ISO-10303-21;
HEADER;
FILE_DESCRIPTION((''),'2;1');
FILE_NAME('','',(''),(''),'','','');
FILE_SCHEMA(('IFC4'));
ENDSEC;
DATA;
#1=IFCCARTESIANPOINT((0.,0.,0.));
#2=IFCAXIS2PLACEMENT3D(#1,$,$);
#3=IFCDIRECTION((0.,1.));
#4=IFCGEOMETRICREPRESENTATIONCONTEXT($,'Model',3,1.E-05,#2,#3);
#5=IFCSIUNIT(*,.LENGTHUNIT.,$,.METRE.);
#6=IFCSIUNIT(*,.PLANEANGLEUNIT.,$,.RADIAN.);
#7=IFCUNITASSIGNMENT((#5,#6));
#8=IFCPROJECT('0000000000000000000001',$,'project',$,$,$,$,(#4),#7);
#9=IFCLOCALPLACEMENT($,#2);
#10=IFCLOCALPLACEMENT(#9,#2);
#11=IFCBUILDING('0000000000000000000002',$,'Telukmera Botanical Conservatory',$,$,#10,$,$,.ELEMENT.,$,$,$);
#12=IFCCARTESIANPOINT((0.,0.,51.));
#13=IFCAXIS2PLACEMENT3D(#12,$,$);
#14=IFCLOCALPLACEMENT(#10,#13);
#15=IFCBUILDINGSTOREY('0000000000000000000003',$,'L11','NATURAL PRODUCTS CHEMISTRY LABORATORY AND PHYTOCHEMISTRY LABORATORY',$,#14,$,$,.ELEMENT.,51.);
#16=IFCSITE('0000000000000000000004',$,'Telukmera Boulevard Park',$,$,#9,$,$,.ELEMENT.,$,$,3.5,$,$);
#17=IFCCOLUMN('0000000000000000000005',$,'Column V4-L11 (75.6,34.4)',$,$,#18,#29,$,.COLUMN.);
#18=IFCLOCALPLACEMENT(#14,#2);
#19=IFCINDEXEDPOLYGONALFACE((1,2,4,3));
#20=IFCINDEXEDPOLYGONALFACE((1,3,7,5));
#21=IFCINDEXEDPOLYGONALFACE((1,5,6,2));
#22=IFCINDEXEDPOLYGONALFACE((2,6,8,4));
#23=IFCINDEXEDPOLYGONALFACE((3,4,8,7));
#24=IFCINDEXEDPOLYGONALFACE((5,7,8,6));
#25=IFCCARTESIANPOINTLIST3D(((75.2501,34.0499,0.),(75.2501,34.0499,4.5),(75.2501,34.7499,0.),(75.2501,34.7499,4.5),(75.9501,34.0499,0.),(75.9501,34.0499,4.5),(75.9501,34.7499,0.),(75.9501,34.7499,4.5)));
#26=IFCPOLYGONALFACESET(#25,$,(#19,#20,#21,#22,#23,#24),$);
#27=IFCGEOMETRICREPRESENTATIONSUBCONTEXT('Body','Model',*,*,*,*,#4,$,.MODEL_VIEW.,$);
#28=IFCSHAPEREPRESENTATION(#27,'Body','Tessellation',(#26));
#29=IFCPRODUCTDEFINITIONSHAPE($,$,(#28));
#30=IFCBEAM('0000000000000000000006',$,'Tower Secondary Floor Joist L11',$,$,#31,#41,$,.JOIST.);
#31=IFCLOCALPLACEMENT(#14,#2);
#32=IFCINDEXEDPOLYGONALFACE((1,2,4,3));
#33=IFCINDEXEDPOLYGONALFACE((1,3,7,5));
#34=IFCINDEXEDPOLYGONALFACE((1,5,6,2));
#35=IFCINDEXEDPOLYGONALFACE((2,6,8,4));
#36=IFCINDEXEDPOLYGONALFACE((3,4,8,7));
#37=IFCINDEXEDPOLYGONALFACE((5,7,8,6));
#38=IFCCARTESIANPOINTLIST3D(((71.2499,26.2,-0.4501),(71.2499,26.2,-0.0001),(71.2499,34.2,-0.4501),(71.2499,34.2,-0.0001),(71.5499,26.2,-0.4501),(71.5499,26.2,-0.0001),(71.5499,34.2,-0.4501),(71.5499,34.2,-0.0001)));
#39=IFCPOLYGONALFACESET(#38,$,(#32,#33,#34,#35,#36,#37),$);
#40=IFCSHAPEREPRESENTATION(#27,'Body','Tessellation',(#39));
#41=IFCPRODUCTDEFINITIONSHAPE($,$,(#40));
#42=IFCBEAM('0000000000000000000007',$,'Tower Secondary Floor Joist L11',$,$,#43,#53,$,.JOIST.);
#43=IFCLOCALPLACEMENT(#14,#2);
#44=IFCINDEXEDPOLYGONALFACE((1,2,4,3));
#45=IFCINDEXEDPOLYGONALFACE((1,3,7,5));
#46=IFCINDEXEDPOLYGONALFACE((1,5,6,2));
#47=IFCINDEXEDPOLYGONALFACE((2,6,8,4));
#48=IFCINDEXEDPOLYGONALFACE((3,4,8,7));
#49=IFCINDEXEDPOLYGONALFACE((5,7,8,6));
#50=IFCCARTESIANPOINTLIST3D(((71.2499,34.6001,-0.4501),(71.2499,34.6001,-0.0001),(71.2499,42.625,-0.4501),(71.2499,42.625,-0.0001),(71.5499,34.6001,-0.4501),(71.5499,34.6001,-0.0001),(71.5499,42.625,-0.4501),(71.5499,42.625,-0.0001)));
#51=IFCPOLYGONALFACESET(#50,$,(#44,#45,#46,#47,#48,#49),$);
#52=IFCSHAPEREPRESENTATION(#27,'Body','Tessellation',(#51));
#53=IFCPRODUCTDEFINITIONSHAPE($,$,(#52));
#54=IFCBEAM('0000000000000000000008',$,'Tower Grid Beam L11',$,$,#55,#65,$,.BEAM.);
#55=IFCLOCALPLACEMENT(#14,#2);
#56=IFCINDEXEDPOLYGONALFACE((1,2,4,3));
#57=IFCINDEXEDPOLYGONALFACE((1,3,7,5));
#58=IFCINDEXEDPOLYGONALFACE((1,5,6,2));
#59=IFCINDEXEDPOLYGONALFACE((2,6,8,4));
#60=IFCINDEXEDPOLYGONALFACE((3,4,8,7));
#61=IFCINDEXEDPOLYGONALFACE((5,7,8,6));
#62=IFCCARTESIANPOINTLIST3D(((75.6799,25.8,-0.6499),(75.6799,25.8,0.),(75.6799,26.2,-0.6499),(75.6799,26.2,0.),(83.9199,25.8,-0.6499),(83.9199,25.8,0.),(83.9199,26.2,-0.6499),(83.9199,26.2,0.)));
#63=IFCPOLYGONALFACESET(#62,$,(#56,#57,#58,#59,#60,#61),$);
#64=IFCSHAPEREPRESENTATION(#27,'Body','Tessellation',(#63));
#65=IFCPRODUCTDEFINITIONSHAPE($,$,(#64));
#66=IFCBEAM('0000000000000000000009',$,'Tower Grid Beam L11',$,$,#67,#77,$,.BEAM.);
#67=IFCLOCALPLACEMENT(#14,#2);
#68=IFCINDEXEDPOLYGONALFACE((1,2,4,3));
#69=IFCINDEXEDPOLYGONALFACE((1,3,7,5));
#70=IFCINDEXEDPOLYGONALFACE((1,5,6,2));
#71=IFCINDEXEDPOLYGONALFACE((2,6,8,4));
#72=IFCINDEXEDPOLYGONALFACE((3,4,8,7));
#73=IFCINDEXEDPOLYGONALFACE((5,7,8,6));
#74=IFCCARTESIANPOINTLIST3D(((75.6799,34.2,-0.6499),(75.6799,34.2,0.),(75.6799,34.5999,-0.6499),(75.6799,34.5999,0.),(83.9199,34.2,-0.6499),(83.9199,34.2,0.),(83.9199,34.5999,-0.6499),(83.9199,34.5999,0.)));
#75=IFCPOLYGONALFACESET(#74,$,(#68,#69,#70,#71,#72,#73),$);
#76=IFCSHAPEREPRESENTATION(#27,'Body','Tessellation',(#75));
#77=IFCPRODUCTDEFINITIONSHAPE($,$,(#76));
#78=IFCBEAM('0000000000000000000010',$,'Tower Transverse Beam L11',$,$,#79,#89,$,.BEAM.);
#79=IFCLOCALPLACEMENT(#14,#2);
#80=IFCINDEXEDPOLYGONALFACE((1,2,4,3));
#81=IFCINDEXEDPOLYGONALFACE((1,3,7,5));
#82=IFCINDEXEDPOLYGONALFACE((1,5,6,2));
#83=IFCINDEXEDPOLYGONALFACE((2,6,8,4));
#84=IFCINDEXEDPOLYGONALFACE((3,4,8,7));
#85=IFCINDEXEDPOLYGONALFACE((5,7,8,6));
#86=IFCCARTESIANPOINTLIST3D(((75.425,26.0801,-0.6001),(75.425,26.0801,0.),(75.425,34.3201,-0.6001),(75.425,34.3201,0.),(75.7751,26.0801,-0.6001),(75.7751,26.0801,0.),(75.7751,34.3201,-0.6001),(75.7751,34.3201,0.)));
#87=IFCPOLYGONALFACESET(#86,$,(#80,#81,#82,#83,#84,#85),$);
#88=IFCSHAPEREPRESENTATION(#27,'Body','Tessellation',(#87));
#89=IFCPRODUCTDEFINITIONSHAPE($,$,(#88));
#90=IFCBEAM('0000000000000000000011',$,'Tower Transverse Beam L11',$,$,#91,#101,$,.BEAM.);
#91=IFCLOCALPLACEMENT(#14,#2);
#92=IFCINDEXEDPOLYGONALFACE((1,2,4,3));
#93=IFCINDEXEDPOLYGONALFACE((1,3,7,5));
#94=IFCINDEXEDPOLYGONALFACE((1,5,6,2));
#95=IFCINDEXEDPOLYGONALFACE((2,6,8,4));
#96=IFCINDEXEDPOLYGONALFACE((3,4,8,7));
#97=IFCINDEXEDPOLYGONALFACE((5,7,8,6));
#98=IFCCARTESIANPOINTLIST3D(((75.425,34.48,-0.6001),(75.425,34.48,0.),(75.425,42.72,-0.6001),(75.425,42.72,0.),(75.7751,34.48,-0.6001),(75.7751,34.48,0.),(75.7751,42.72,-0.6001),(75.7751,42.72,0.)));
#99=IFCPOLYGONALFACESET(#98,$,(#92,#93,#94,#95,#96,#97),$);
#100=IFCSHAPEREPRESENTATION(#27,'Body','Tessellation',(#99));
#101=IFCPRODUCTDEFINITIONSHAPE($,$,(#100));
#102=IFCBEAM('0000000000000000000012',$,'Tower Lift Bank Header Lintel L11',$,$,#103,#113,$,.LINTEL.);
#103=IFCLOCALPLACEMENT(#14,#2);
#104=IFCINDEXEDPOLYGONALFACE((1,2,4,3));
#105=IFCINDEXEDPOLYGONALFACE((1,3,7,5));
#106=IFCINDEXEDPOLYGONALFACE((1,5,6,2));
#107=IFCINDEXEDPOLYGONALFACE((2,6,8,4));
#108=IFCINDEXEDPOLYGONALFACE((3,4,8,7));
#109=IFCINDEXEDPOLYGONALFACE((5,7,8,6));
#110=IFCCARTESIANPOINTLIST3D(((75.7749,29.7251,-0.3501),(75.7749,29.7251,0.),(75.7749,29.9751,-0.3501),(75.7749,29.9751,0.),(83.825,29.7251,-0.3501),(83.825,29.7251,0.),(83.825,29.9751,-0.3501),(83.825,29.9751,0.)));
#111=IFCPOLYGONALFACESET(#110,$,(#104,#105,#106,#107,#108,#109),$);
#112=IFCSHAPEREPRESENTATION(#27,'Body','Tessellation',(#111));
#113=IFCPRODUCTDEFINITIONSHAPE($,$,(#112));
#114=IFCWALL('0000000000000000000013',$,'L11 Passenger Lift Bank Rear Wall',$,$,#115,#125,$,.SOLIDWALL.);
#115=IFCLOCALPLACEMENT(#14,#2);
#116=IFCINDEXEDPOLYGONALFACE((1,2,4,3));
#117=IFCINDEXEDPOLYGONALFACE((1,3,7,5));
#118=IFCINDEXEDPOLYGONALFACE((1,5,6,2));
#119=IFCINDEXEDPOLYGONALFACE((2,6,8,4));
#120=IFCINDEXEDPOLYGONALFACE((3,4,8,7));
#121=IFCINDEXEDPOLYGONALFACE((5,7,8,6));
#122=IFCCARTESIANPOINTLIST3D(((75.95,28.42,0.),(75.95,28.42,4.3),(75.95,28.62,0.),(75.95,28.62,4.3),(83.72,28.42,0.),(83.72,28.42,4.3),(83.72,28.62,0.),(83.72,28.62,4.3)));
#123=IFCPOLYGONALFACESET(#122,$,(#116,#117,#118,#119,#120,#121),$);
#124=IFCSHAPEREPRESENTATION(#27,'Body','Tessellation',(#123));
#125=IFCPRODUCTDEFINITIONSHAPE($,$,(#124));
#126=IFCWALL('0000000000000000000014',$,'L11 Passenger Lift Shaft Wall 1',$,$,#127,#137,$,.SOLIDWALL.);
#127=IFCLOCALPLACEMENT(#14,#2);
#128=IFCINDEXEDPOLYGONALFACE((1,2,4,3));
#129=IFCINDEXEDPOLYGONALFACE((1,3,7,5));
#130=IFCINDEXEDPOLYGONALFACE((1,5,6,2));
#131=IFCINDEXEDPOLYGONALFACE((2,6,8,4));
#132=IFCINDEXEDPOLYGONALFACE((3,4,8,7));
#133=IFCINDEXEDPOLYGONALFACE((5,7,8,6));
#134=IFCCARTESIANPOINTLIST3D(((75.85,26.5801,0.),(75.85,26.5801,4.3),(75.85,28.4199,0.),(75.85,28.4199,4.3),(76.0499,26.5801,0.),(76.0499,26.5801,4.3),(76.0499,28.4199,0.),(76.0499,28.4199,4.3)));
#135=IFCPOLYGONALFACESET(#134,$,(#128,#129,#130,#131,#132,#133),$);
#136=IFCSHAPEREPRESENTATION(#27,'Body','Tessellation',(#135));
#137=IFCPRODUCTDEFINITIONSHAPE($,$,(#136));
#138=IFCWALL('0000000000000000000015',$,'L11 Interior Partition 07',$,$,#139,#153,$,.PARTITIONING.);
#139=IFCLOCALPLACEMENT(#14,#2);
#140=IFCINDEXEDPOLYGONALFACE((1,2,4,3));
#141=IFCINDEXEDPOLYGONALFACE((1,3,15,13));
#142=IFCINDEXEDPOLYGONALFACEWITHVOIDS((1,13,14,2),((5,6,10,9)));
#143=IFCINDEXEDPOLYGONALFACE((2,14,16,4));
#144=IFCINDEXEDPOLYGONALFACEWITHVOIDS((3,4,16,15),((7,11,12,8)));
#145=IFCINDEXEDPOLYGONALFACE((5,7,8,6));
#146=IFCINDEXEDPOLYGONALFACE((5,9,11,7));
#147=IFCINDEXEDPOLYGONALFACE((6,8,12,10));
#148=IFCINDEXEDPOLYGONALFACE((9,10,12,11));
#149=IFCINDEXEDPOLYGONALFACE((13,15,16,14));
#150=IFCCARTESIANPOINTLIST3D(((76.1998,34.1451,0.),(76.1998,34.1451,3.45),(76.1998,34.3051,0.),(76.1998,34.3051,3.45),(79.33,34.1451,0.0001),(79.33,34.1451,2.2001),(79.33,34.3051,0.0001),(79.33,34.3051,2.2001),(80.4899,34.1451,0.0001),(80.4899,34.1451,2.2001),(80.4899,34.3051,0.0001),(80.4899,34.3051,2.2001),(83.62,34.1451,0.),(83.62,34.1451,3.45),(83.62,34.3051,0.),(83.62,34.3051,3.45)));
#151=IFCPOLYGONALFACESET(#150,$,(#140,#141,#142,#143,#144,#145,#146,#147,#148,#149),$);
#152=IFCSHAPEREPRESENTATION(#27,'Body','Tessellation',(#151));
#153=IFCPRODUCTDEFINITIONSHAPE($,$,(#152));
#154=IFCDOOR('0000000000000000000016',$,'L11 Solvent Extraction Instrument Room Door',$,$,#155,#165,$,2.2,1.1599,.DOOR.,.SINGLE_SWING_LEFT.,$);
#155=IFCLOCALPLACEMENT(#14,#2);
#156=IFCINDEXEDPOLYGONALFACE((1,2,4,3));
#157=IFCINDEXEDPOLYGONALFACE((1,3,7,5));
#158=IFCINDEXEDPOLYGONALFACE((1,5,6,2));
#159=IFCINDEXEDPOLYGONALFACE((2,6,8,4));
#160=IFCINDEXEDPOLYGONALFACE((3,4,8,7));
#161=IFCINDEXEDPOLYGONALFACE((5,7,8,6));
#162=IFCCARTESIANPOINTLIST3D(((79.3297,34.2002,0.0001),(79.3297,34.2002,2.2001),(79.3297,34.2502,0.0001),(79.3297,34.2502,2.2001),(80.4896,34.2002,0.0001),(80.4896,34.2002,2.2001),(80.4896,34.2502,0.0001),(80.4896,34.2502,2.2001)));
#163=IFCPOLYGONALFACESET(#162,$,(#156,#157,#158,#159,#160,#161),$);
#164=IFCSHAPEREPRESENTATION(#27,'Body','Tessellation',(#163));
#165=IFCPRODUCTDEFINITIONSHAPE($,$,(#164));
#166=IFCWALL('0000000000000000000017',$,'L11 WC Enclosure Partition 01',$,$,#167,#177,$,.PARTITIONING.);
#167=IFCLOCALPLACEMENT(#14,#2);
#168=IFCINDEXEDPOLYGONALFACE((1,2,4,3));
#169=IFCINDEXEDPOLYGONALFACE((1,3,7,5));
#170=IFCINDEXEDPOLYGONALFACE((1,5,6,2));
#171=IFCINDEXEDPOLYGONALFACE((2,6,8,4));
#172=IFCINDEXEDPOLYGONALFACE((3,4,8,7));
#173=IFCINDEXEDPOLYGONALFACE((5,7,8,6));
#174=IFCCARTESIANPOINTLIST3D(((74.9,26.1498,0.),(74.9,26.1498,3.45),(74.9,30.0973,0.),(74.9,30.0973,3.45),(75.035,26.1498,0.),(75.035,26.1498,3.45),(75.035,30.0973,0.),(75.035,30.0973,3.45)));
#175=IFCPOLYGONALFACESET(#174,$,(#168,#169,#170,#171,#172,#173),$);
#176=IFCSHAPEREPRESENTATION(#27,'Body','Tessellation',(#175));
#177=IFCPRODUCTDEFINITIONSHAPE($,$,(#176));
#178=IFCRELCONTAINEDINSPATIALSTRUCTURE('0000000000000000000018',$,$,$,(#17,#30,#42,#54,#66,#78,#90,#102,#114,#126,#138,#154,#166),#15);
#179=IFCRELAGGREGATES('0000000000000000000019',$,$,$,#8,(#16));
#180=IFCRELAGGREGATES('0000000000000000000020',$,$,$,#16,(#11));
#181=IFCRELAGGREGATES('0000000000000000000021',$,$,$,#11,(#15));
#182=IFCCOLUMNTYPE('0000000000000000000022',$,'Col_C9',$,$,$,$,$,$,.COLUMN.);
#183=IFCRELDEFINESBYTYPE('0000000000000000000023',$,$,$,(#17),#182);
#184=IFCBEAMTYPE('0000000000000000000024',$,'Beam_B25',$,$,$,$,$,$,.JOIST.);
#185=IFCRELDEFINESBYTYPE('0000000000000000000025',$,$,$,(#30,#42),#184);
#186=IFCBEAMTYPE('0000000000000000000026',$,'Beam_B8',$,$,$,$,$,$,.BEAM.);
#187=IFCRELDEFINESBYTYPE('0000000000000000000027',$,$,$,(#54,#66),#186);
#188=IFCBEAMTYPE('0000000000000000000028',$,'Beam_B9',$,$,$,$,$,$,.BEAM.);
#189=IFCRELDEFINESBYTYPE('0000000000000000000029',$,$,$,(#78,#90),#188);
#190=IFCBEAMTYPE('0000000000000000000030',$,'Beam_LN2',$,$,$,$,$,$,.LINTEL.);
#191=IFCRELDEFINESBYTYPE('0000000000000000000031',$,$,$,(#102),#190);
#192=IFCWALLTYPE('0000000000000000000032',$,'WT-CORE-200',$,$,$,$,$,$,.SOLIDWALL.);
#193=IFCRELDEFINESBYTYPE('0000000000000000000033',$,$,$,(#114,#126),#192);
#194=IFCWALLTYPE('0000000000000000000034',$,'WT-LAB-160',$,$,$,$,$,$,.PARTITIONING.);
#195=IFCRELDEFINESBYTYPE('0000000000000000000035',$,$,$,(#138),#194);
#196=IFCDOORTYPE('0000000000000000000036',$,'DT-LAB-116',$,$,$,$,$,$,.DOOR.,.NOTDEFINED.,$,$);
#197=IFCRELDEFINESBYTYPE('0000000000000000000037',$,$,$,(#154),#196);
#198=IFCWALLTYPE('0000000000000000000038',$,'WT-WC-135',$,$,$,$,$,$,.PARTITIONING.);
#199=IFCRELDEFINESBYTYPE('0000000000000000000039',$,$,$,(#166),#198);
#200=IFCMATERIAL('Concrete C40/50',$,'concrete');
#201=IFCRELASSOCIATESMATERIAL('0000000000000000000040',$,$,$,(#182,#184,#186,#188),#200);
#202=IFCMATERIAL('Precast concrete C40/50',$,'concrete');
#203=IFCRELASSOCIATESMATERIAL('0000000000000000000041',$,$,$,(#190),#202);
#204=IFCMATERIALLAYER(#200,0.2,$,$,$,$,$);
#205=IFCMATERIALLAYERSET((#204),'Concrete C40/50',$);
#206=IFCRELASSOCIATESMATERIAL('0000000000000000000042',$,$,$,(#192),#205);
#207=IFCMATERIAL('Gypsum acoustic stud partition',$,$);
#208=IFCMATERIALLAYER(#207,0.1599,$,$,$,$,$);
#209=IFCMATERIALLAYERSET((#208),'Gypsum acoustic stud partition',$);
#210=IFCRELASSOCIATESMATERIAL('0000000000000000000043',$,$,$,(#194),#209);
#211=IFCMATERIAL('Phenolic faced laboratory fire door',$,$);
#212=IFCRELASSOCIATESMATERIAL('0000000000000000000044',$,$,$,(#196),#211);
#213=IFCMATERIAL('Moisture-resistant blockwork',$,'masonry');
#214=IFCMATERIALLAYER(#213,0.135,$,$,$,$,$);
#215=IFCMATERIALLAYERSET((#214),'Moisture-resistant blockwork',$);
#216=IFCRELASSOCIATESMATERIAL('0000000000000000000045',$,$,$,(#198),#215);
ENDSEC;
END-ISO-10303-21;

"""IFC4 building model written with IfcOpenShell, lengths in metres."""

from ifc_helpers import new_model, si_unit, direction, frame, frame_2d, origin, origin_2d, place, context, subcontext, project, spatial, rectangle, extrude, material, layer, layer_set, material_profile, profile_set, type_object, element, fill, save


model = new_model("IFC4")

# Units and contexts
model_context = context("Model", 3, precision=1e-05, world=origin(), true_north=direction((0.0, 1.0)))
body_context = subcontext(model_context, "Body", "Model", "MODEL_VIEW")
ifc_project = project(units=[si_unit("LENGTHUNIT", "METRE"), si_unit("PLANEANGLEUNIT", "RADIAN")], contexts=[model_context])

# Site, building, storey
site_placement = place(None, origin())
site = spatial("IfcSite", under=ifc_project, at=site_placement, Name="Telukmera Boulevard Park", CompositionType="ELEMENT", RefElevation=3.5)
building_placement = place(site_placement, origin())
building = spatial("IfcBuilding", under=site, at=building_placement, Name="Telukmera Botanical Conservatory", CompositionType="ELEMENT")
storey_placement = place(building_placement, frame((0.0, 0.0, 51.0)))
storey = spatial("IfcBuildingStorey", under=building, at=storey_placement, Name="L11", Description="NATURAL PRODUCTS CHEMISTRY LABORATORY AND PHYTOCHEMISTRY LABORATORY", CompositionType="ELEMENT", Elevation=51.0)

# Column
ifc_material_1 = material(Name="Concrete C40/50", Category="concrete")
ifc_material_profile_1 = material_profile(ifc_material_1, rectangle(XDim=0.7, YDim=0.7, at=origin_2d()), Name="RC 700x700")
ifc_profile_set_1 = profile_set([ifc_material_profile_1], Name="Concrete C40/50")
column_type = type_object("IfcColumnType", Name="Col_C9", PredefinedType="COLUMN", material=ifc_profile_set_1)
column_placement = place(storey_placement, frame((75.6001, 34.3999, 0.0), z_axis=(0.0, 0.0, 1.0), x_axis=(1.0, 0.0, 0.0)))
element("IfcColumn", 1, at=column_placement, inside=storey, type_object=column_type, Name="Column V4-L11 (75.6,34.4)", PredefinedType="COLUMN", context=body_context, shape_type="SweptSolid", body=[
    extrude(rectangle(XDim=0.7, YDim=0.7, at=origin_2d()), origin(), (0.0, 0.0, 1.0), 4.5),
])

# Beams
ifc_material_profile_2 = material_profile(ifc_material_1, rectangle(XDim=0.3, YDim=0.45, at=origin_2d()), Name="RC 300x450")
ifc_profile_set_2 = profile_set([ifc_material_profile_2], Name="Concrete C40/50")
beam_type_1 = type_object("IfcBeamType", Name="Beam_B25", PredefinedType="JOIST", material=ifc_profile_set_2)
beam_1_placement = place(storey_placement, frame((71.3999, 26.2, -0.2251), z_axis=(0.0, 1.0, 0.0), x_axis=(-1.0, 0.0, 0.0)))
element("IfcBeam", 2, at=beam_1_placement, inside=storey, type_object=beam_type_1, Name="Tower Secondary Floor Joist L11", PredefinedType="JOIST", context=body_context, shape_type="SweptSolid", body=[
    extrude(rectangle(XDim=0.3, YDim=0.45, at=origin_2d()), origin(), (0.0, 0.0, 1.0), 8.0),
])
beam_2_placement = place(storey_placement, frame((71.3999, 34.6001, -0.2251), z_axis=(0.0, 1.0, 0.0), x_axis=(-1.0, 0.0, 0.0)))
element("IfcBeam", 3, at=beam_2_placement, inside=storey, type_object=beam_type_1, Name="Tower Secondary Floor Joist L11", PredefinedType="JOIST", context=body_context, shape_type="SweptSolid", body=[
    extrude(rectangle(XDim=0.3, YDim=0.45, at=origin_2d()), origin(), (0.0, 0.0, 1.0), 8.0249),
])
ifc_material_profile_3 = material_profile(ifc_material_1, rectangle(XDim=0.3999, YDim=0.6499, at=origin_2d()), Name="RC 400x650")
ifc_profile_set_3 = profile_set([ifc_material_profile_3], Name="Concrete C40/50")
beam_type_2 = type_object("IfcBeamType", Name="Beam_B8", PredefinedType="BEAM", material=ifc_profile_set_3)
for number, where, z_axis, x_axis, name in (
    (4, (75.6799, 26.0, -0.325), (1.0, 0.0, 0.0), (0.0, 1.0, 0.0), "Tower Grid Beam L11"),
    (5, (75.6799, 34.3999, -0.325), (1.0, 0.0, 0.0), (0.0, 1.0, 0.0), "Tower Grid Beam L11"),
):
    element("IfcBeam", number, at=place(storey_placement, frame(where, z_axis=z_axis, x_axis=x_axis)), inside=storey, type_object=beam_type_2, Name=name, PredefinedType="BEAM", context=body_context, shape_type="SweptSolid", body=[
        extrude(rectangle(XDim=0.3999, YDim=0.6499, at=origin_2d()), origin(), (0.0, 0.0, 1.0), 8.24),
    ])
ifc_material_profile_4 = material_profile(ifc_material_1, rectangle(XDim=0.3501, YDim=0.6001, at=origin_2d()), Name="RC 350x600")
ifc_profile_set_4 = profile_set([ifc_material_profile_4], Name="Concrete C40/50")
beam_type_3 = type_object("IfcBeamType", Name="Beam_B9", PredefinedType="BEAM", material=ifc_profile_set_4)
for number, where, z_axis, x_axis, name in (
    (6, (75.6001, 26.0801, -0.3), (0.0, 1.0, 0.0), (-1.0, 0.0, 0.0), "Tower Transverse Beam L11"),
    (7, (75.6001, 34.48, -0.3), (0.0, 1.0, 0.0), (-1.0, 0.0, 0.0), "Tower Transverse Beam L11"),
):
    element("IfcBeam", number, at=place(storey_placement, frame(where, z_axis=z_axis, x_axis=x_axis)), inside=storey, type_object=beam_type_3, Name=name, PredefinedType="BEAM", context=body_context, shape_type="SweptSolid", body=[
        extrude(rectangle(XDim=0.3501, YDim=0.6001, at=origin_2d()), origin(), (0.0, 0.0, 1.0), 8.24),
    ])
ifc_material_2 = material(Name="Precast concrete C40/50", Category="concrete")
ifc_material_profile_5 = material_profile(ifc_material_2, rectangle(XDim=0.25, YDim=0.3501, at=origin_2d()), Name="PC 250x350")
ifc_profile_set_5 = profile_set([ifc_material_profile_5], Name="Precast concrete C40/50")
beam_type_4 = type_object("IfcBeamType", Name="Beam_LN2", PredefinedType="LINTEL", material=ifc_profile_set_5)
beam_3_placement = place(storey_placement, frame((75.7749, 29.8501, -0.175), z_axis=(1.0, 0.0, 0.0), x_axis=(0.0, 1.0, 0.0)))
element("IfcBeam", 8, at=beam_3_placement, inside=storey, type_object=beam_type_4, Name="Tower Lift Bank Header Lintel L11", PredefinedType="LINTEL", context=body_context, shape_type="SweptSolid", body=[
    extrude(rectangle(XDim=0.25, YDim=0.3501, at=origin_2d()), origin(), (0.0, 0.0, 1.0), 8.05),
])

# Shared definitions
ifc_layer_1 = layer(ifc_material_1, 0.2)
ifc_layer_set_1 = layer_set([ifc_layer_1], Name="Concrete C40/50")
wall_type_1 = type_object("IfcWallType", Name="WT-CORE-200", PredefinedType="SOLIDWALL", material=ifc_layer_set_1)

# Walls
wall_1_placement = place(storey_placement, frame((75.95, 28.52, 0.0), z_axis=(0.0, 0.0, 1.0), x_axis=(1.0, 0.0, 0.0)))
element("IfcWall", 9, at=wall_1_placement, inside=storey, type_object=wall_type_1, Name="L11 Passenger Lift Bank Rear Wall", PredefinedType="SOLIDWALL", context=body_context, shape_type="SweptSolid", body=[
    extrude(rectangle(XDim=7.77, YDim=0.2, at=frame_2d((3.885, 0.0))), origin(), (0.0, 0.0, 1.0), 4.3),
])
wall_2_placement = place(storey_placement, frame((75.95, 26.5801, 0.0), z_axis=(0.0, 0.0, 1.0), x_axis=(0.0, 1.0, 0.0)))
element("IfcWall", 10, at=wall_2_placement, inside=storey, type_object=wall_type_1, Name="L11 Passenger Lift Shaft Wall 1", PredefinedType="SOLIDWALL", context=body_context, shape_type="SweptSolid", body=[
    extrude(rectangle(XDim=1.8398, YDim=0.2, at=frame_2d((0.9199, 0.0))), origin(), (0.0, 0.0, 1.0), 4.3),
])

# Wall, opening, door
ifc_material_3 = material(Name="Gypsum acoustic stud partition")
ifc_layer_2 = layer(ifc_material_3, 0.1599)
ifc_layer_set_2 = layer_set([ifc_layer_2], Name="Gypsum acoustic stud partition")
wall_type_2 = type_object("IfcWallType", Name="WT-LAB-160", PredefinedType="PARTITIONING", material=ifc_layer_set_2)
wall_3_placement = place(storey_placement, frame((76.2, 34.2251, 0.0), z_axis=(0.0, 0.0, 1.0), x_axis=(1.0, 0.0, 0.0)))
wall_3 = element("IfcWall", 11, at=wall_3_placement, inside=storey, type_object=wall_type_2, Name="L11 Interior Partition 07", PredefinedType="PARTITIONING", context=body_context, shape_type="SweptSolid", body=[
    extrude(rectangle(XDim=7.4202, YDim=0.1599, at=frame_2d((3.71, 0.0))), origin(), (0.0, 0.0, 1.0), 3.45),
])
opening_1_placement = place(wall_3_placement, frame((3.1299, 0.0, 0.0)))
opening_1 = element("IfcOpeningElement", 12, at=opening_1_placement, cuts=wall_3, PredefinedType="OPENING", context=body_context, shape_type="SweptSolid", body=[
    extrude(rectangle(XDim=1.1599, YDim=2.2, at=frame_2d((0.5801, 1.1001))), frame((0.0, 0.0898, 0.0), z_axis=(0.0, -1.0, 0.0), x_axis=(1.0, 0.0, 0.0)), (0.0, 0.0, 1.0), 0.1799),
])
ifc_material_4 = material(Name="Phenolic faced laboratory fire door")
door_type_1 = type_object("IfcDoorType", Name="DT-LAB-116", OperationType="NOTDEFINED", PredefinedType="DOOR", material=ifc_material_4)
door_1_placement = place(opening_1_placement, frame((1.1599, 0.0, 0.0), z_axis=(0.0, 0.0, 1.0), x_axis=(-1.0, 0.0, 0.0)))
door_1 = element("IfcDoor", 13, at=door_1_placement, inside=storey, type_object=door_type_1, Name="L11 Solvent Extraction Instrument Room Door", OperationType="SINGLE_SWING_LEFT", OverallHeight=2.2, OverallWidth=1.1599, PredefinedType="DOOR", context=body_context, shape_type="SweptSolid", body=[
    extrude(rectangle(XDim=1.1599, YDim=2.2, at=frame_2d((0.5801, 1.1001))), frame((0.0, 0.0249, 0.0), z_axis=(0.0, -1.0, 0.0), x_axis=(1.0, 0.0, 0.0)), (0.0, 0.0, 1.0), 0.05),
])
fill(opening_1, door_1)

# Wall
ifc_material_5 = material(Name="Moisture-resistant blockwork", Category="masonry")
ifc_layer_3 = layer(ifc_material_5, 0.135)
ifc_layer_set_3 = layer_set([ifc_layer_3], Name="Moisture-resistant blockwork")
wall_type_3 = type_object("IfcWallType", Name="WT-WC-135", PredefinedType="PARTITIONING", material=ifc_layer_set_3)
wall_4_placement = place(storey_placement, frame((74.9675, 26.1499, 0.0), z_axis=(0.0, 0.0, 1.0), x_axis=(0.0, 1.0, 0.0)))
element("IfcWall", 14, at=wall_4_placement, inside=storey, type_object=wall_type_3, Name="L11 WC Enclosure Partition 01", PredefinedType="PARTITIONING", context=body_context, shape_type="SweptSolid", body=[
    extrude(rectangle(XDim=3.9475, YDim=0.135, at=frame_2d((1.9736, 0.0))), origin(), (0.0, 0.0, 1.0), 3.45),
])

save(model, "model.ifc")
